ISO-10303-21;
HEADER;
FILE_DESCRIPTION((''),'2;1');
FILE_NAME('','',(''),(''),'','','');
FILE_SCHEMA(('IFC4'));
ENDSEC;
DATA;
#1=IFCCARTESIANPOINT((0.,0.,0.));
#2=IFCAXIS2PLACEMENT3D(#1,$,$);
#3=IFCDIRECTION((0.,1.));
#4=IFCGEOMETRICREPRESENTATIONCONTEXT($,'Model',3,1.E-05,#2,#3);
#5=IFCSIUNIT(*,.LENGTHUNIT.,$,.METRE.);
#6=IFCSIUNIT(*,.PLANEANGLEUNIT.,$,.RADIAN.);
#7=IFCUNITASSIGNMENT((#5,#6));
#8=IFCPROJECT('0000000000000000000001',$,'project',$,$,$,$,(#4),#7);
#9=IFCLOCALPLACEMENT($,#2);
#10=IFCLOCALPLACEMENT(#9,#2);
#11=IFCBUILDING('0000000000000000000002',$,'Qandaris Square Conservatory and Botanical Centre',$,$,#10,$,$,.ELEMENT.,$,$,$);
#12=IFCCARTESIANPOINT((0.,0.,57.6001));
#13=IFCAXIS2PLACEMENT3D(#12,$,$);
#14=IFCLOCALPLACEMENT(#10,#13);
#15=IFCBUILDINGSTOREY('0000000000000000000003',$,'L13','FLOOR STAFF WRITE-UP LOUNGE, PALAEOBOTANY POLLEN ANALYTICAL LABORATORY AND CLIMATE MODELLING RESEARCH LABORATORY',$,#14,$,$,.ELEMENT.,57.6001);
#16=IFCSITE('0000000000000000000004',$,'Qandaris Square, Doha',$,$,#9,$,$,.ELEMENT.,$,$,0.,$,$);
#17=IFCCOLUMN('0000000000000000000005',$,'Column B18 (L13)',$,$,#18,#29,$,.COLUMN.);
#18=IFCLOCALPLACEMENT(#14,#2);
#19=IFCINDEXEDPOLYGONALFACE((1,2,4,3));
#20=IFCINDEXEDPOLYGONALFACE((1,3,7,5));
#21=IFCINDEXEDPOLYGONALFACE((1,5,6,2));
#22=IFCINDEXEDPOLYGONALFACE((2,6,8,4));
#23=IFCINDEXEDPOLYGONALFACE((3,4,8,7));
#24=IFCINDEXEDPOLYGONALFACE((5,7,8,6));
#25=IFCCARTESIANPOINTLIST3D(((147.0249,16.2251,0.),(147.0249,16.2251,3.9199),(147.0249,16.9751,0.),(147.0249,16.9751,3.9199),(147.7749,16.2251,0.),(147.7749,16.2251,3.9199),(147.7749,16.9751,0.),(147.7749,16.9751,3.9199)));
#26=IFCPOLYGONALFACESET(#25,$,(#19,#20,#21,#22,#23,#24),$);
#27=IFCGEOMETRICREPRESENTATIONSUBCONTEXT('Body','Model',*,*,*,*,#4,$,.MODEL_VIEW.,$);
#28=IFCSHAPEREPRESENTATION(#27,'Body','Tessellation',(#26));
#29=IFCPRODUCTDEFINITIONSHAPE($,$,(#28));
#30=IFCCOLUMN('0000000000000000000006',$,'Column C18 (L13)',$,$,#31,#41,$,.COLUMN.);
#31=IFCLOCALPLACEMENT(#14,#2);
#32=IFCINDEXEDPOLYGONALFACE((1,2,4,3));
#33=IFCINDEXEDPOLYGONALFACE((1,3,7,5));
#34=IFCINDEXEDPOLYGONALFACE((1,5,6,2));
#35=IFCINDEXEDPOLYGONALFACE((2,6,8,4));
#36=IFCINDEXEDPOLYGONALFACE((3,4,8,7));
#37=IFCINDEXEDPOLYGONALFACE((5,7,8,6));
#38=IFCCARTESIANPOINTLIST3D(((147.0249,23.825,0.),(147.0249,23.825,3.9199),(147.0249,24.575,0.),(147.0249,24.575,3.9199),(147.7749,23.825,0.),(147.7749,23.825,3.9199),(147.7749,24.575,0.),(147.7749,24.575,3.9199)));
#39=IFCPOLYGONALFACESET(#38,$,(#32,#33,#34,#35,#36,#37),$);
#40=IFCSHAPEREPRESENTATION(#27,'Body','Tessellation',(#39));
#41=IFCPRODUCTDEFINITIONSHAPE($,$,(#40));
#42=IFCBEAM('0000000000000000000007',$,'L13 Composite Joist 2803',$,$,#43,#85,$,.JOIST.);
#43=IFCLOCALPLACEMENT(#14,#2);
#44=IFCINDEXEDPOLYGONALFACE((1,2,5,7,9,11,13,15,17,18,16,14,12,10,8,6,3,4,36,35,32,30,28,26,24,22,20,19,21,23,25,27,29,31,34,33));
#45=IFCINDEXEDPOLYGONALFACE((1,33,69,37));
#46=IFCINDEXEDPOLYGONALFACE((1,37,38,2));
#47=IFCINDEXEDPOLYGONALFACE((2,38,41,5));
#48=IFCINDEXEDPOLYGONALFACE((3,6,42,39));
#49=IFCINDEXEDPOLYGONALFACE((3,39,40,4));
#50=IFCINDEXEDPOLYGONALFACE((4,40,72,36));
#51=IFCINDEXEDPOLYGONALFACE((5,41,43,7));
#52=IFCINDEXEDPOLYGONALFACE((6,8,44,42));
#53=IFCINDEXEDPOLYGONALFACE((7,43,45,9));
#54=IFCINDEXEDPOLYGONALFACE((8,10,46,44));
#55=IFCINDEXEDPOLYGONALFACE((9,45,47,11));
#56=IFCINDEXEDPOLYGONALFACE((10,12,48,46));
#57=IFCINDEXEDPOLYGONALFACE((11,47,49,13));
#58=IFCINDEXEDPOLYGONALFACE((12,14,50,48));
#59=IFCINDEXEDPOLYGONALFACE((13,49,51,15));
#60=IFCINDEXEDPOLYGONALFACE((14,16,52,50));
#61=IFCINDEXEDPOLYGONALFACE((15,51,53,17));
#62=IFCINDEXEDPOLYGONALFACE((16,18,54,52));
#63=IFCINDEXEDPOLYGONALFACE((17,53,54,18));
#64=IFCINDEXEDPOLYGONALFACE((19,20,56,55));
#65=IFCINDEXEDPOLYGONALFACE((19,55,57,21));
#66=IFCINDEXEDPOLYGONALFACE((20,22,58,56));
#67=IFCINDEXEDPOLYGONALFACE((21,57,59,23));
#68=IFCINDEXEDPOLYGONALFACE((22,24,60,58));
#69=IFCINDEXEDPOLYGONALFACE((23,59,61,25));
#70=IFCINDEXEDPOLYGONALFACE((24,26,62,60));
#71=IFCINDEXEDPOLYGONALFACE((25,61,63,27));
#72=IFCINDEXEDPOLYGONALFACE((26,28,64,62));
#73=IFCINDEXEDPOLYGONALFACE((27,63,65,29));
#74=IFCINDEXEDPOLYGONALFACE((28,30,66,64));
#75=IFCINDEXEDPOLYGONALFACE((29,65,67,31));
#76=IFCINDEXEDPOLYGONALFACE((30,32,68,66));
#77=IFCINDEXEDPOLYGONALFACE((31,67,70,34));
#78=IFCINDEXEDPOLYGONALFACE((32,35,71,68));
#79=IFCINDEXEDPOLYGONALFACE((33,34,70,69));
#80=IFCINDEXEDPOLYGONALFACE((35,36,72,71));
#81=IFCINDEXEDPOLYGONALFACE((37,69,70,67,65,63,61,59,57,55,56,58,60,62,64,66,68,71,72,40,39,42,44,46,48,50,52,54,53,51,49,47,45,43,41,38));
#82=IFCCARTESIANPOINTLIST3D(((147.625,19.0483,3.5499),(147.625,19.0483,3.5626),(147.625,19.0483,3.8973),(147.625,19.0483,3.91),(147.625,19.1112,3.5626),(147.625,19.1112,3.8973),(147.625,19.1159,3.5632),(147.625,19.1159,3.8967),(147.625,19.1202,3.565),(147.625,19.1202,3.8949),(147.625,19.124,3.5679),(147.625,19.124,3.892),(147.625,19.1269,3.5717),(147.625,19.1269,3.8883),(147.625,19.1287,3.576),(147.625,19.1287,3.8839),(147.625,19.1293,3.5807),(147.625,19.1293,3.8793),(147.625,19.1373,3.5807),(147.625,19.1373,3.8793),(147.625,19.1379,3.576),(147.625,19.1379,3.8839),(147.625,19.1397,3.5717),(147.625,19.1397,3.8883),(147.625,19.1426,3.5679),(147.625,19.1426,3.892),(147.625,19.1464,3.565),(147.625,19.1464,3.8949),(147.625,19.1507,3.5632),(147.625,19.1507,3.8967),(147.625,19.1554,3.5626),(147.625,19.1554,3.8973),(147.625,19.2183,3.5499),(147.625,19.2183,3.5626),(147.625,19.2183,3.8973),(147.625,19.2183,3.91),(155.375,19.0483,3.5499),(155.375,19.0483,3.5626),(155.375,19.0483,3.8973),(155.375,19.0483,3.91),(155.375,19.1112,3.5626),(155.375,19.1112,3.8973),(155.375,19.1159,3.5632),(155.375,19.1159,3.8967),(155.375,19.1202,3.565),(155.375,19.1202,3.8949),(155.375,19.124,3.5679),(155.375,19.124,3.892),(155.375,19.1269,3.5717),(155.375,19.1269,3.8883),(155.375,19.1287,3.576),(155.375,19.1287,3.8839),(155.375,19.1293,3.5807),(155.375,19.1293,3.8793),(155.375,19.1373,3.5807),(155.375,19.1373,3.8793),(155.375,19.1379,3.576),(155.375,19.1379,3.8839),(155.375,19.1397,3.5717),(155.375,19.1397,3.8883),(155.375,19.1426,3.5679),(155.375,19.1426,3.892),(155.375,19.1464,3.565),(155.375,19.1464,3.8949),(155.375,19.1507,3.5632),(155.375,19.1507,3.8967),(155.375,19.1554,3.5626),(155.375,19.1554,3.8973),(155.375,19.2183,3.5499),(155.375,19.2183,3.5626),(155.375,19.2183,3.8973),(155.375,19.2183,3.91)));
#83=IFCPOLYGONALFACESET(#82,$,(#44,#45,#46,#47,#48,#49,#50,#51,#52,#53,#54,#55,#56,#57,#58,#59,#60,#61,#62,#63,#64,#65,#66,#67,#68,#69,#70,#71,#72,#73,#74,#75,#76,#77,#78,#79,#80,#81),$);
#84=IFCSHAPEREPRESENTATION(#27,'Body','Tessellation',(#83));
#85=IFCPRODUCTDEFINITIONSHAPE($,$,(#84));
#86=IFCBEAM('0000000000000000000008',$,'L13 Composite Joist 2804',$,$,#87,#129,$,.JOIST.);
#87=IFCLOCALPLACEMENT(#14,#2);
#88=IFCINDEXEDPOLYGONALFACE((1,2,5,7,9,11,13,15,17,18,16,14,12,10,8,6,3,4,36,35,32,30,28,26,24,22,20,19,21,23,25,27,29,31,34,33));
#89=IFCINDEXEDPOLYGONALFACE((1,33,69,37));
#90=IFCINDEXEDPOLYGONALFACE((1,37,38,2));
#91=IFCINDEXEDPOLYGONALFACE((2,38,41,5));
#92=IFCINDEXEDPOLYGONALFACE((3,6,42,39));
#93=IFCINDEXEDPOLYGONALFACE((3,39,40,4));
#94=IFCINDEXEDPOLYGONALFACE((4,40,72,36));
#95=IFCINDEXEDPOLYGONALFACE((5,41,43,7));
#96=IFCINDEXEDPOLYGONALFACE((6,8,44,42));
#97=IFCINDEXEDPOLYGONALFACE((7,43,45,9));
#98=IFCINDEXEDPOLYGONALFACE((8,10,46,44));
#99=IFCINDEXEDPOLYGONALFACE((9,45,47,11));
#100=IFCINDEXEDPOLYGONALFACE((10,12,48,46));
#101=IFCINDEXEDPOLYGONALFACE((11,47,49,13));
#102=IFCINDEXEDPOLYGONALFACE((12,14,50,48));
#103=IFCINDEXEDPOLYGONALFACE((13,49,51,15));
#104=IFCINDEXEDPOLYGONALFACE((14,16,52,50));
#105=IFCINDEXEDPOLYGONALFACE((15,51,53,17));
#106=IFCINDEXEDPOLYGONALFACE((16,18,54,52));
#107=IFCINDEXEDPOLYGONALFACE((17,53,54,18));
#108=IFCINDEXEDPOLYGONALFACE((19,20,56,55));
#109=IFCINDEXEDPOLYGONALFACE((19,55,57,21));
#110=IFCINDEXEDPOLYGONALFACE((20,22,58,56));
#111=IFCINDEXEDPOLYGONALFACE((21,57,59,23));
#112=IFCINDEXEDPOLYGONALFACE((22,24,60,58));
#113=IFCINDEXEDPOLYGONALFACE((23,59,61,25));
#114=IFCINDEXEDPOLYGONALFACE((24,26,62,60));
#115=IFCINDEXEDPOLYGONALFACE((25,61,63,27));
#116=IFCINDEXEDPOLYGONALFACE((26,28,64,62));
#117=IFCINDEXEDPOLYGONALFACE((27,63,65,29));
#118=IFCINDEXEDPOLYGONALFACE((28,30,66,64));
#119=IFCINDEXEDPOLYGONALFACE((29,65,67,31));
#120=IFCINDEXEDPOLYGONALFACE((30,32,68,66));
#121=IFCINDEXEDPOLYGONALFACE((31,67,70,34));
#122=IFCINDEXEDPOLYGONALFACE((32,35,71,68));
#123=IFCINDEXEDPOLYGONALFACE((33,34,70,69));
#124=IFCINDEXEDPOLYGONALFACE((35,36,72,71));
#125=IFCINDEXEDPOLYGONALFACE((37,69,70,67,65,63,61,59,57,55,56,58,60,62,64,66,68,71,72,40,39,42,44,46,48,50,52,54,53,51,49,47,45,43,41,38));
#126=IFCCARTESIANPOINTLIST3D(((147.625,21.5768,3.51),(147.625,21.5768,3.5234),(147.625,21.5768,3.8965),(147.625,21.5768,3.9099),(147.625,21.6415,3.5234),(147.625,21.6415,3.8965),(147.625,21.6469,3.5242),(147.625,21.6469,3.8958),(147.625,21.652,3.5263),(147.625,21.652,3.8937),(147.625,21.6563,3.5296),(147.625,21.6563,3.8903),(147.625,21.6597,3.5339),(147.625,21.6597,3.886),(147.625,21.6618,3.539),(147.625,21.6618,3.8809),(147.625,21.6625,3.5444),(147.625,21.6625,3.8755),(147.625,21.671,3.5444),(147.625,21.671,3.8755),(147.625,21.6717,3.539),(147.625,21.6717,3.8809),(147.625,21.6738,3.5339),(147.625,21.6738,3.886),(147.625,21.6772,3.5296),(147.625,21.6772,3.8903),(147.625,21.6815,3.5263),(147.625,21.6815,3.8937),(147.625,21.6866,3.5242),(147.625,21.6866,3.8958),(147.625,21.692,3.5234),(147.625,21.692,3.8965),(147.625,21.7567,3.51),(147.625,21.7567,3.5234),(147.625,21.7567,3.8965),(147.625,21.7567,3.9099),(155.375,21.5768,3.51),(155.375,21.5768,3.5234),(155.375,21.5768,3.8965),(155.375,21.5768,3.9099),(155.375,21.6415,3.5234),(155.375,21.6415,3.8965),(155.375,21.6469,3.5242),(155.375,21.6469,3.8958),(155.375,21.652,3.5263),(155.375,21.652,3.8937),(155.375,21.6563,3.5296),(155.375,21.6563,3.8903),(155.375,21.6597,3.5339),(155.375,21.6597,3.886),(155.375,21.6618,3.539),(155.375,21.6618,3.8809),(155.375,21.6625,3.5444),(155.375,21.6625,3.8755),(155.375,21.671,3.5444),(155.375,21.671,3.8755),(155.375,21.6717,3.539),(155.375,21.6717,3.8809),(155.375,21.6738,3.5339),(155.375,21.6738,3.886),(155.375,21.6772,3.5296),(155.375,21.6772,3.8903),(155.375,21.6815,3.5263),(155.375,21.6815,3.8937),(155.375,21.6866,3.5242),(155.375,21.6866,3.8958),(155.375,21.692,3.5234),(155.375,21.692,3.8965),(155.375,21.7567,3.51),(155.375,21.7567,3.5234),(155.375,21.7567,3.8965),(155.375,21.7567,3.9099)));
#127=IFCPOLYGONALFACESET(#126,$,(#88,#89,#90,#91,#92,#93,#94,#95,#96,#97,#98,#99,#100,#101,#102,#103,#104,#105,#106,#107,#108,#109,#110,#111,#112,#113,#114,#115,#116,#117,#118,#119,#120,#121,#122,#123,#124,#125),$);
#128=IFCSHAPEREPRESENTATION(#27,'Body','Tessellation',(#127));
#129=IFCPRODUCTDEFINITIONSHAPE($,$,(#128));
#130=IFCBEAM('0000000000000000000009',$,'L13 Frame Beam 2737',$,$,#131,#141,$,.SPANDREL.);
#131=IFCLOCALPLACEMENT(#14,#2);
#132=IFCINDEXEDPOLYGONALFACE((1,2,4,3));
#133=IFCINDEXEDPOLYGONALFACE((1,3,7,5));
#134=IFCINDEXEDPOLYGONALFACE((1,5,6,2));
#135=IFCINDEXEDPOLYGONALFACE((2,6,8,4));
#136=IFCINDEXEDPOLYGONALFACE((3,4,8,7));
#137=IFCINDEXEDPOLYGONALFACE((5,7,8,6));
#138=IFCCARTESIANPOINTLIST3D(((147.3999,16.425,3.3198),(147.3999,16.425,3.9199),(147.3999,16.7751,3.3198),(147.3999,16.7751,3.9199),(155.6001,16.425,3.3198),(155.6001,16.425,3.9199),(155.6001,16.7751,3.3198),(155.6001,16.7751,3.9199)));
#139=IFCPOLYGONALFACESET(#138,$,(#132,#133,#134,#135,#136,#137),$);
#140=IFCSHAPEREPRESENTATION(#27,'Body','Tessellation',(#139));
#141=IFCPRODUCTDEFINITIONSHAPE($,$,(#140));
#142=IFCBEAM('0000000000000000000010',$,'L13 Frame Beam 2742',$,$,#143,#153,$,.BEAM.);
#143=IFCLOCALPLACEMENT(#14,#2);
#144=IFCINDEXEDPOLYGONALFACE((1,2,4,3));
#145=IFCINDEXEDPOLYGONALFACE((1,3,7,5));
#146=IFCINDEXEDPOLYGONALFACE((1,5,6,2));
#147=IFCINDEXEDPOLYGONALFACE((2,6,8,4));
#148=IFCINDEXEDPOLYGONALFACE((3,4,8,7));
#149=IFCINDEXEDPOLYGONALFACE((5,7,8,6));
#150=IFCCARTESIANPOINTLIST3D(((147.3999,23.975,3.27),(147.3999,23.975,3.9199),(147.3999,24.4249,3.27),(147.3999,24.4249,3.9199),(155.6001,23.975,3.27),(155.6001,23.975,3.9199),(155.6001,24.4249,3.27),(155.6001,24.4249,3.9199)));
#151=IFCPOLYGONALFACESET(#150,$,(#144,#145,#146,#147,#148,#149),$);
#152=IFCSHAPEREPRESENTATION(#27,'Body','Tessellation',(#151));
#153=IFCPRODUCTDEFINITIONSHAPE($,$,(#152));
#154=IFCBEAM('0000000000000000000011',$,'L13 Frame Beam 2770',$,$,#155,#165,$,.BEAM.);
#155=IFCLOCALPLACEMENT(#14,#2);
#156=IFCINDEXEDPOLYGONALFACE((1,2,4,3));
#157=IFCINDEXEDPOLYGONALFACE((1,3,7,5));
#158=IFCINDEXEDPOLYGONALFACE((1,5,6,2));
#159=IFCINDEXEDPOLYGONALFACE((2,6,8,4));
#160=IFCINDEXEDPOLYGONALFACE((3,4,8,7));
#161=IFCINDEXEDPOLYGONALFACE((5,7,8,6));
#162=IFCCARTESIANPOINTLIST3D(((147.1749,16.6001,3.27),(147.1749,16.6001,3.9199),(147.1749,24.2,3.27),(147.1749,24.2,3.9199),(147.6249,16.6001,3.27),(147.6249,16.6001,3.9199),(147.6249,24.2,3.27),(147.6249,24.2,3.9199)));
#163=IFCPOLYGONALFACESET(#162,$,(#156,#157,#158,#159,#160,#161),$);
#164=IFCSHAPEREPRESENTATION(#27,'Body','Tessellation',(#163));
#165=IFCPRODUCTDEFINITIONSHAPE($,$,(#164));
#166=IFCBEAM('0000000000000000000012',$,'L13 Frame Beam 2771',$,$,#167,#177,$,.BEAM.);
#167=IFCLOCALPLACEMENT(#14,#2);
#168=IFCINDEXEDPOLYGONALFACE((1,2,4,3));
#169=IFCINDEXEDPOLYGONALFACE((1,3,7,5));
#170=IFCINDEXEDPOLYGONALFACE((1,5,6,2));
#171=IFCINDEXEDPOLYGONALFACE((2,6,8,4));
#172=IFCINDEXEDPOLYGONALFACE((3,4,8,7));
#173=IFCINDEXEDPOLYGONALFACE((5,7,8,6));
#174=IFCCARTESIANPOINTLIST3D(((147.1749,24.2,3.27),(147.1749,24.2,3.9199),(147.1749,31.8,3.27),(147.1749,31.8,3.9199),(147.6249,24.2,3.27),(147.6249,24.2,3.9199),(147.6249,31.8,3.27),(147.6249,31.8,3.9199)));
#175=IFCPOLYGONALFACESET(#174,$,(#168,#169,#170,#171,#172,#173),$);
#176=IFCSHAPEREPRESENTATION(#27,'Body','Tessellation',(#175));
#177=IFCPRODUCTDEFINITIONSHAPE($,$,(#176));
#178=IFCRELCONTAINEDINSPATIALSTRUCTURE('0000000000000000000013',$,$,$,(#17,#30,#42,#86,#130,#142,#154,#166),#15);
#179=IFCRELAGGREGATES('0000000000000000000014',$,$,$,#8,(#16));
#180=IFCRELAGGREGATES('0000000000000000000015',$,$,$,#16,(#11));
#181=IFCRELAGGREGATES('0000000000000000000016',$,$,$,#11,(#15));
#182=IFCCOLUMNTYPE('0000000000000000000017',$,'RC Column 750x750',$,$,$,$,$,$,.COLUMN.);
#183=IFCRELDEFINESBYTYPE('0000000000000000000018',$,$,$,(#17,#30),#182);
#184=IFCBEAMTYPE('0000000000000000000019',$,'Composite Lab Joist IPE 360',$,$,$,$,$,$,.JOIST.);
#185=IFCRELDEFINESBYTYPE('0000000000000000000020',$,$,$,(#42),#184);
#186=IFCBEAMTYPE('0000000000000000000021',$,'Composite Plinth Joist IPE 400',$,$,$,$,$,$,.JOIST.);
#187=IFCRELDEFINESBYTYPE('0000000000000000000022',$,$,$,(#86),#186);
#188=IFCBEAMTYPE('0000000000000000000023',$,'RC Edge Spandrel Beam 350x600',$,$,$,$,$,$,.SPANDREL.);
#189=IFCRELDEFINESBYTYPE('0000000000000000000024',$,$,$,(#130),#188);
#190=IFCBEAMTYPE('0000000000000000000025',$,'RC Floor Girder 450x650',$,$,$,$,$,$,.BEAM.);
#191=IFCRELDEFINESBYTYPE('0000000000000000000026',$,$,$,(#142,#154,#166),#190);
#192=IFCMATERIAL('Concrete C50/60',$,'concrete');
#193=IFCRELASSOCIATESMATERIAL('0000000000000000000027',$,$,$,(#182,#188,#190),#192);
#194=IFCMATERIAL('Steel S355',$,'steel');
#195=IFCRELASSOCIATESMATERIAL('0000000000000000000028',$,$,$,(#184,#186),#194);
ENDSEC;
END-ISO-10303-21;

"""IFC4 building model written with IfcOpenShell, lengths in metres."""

from ifc_helpers import new_model, si_unit, direction, frame, origin, origin_2d, place, context, subcontext, project, spatial, rectangle, i_section, extrude, material, material_profile, profile_set, type_object, element, save


model = new_model("IFC4")

# Units and contexts
model_context = context("Model", 3, precision=1e-05, world=origin(), true_north=direction((0.0, 1.0)))
body_context = subcontext(model_context, "Body", "Model", "MODEL_VIEW")
ifc_project = project(units=[si_unit("LENGTHUNIT", "METRE"), si_unit("PLANEANGLEUNIT", "RADIAN")], contexts=[model_context])

# Site, building, storey
site_placement = place(None, origin())
site = spatial("IfcSite", under=ifc_project, at=site_placement, Name="Qandaris Square, Doha", CompositionType="ELEMENT", RefElevation=0.0)
building_placement = place(site_placement, origin())
building = spatial("IfcBuilding", under=site, at=building_placement, Name="Qandaris Square Conservatory and Botanical Centre", CompositionType="ELEMENT")
storey_placement = place(building_placement, frame((0.0, 0.0, 57.6001)))
storey = spatial("IfcBuildingStorey", under=building, at=storey_placement, Name="L13", Description="FLOOR STAFF WRITE-UP LOUNGE, PALAEOBOTANY POLLEN ANALYTICAL LABORATORY AND CLIMATE MODELLING RESEARCH LABORATORY", CompositionType="ELEMENT", Elevation=57.6001)

# Columns
ifc_material_1 = material(Name="Concrete C50/60", Category="concrete")
ifc_material_profile_1 = material_profile(ifc_material_1, rectangle(XDim=0.75, YDim=0.75, at=origin_2d()), Name="RC-COL 750x750")
ifc_profile_set_1 = profile_set([ifc_material_profile_1], Name="Concrete C50/60")
column_type = type_object("IfcColumnType", Name="RC Column 750x750", PredefinedType="COLUMN", material=ifc_profile_set_1)
for number, where, z_axis, x_axis, name in (
    (1, (147.3999, 16.6001, 0.0), (0.0, 0.0, 1.0), (1.0, 0.0, 0.0), "Column B18 (L13)"),
    (2, (147.3999, 24.2, 0.0), (0.0, 0.0, 1.0), (1.0, 0.0, 0.0), "Column C18 (L13)"),
):
    element("IfcColumn", number, at=place(storey_placement, frame(where, z_axis=z_axis, x_axis=x_axis)), inside=storey, type_object=column_type, Name=name, PredefinedType="COLUMN", context=body_context, shape_type="SweptSolid", body=[
        extrude(rectangle(XDim=0.75, YDim=0.75, at=origin_2d()), origin(), (0.0, 0.0, 1.0), 3.9199),
    ])

# Beams
ifc_material_2 = material(Name="Steel S355", Category="steel")
ifc_material_profile_2 = material_profile(ifc_material_2, i_section(OverallWidth=0.1699, OverallDepth=0.3601, WebThickness=0.0081, FlangeThickness=0.0127, FilletRadius=0.0181, at=origin_2d()), Name="IPE 360")
ifc_profile_set_2 = profile_set([ifc_material_profile_2], Name="Steel S355")
beam_type_1 = type_object("IfcBeamType", Name="Composite Lab Joist IPE 360", PredefinedType="JOIST", material=ifc_profile_set_2)
beam_1_placement = place(storey_placement, frame((147.625, 19.1333, 3.73), z_axis=(1.0, 0.0, 0.0), x_axis=(0.0, 1.0, 0.0)))
element("IfcBeam", 3, at=beam_1_placement, inside=storey, type_object=beam_type_1, Name="L13 Composite Joist 2803", PredefinedType="JOIST", context=body_context, shape_type="SweptSolid", body=[
    extrude(i_section(OverallWidth=0.1699, OverallDepth=0.3601, WebThickness=0.0081, FlangeThickness=0.0127, FilletRadius=0.0181, at=origin_2d()), origin(), (0.0, 0.0, 1.0), 7.75),
])
ifc_material_profile_3 = material_profile(ifc_material_2, i_section(OverallWidth=0.1799, OverallDepth=0.3999, WebThickness=0.0085, FlangeThickness=0.0134, FilletRadius=0.021, at=origin_2d()), Name="IPE 400")
ifc_profile_set_3 = profile_set([ifc_material_profile_3], Name="Steel S355")
beam_type_2 = type_object("IfcBeamType", Name="Composite Plinth Joist IPE 400", PredefinedType="JOIST", material=ifc_profile_set_3)
beam_2_placement = place(storey_placement, frame((147.625, 21.6667, 3.71), z_axis=(1.0, 0.0, 0.0), x_axis=(0.0, 1.0, 0.0)))
element("IfcBeam", 4, at=beam_2_placement, inside=storey, type_object=beam_type_2, Name="L13 Composite Joist 2804", PredefinedType="JOIST", context=body_context, shape_type="SweptSolid", body=[
    extrude(i_section(OverallWidth=0.1799, OverallDepth=0.3999, WebThickness=0.0085, FlangeThickness=0.0134, FilletRadius=0.021, at=origin_2d()), origin(), (0.0, 0.0, 1.0), 7.75),
])
ifc_material_profile_4 = material_profile(ifc_material_1, rectangle(XDim=0.3501, YDim=0.6001, at=origin_2d()), Name="RC-SP 350x600")
ifc_profile_set_4 = profile_set([ifc_material_profile_4], Name="Concrete C50/60")
beam_type_3 = type_object("IfcBeamType", Name="RC Edge Spandrel Beam 350x600", PredefinedType="SPANDREL", material=ifc_profile_set_4)
beam_3_placement = place(storey_placement, frame((147.3999, 16.6001, 3.6199), z_axis=(1.0, 0.0, 0.0), x_axis=(0.0, 1.0, 0.0)))
element("IfcBeam", 5, at=beam_3_placement, inside=storey, type_object=beam_type_3, Name="L13 Frame Beam 2737", PredefinedType="SPANDREL", context=body_context, shape_type="SweptSolid", body=[
    extrude(rectangle(XDim=0.3501, YDim=0.6001, at=origin_2d()), origin(), (0.0, 0.0, 1.0), 8.2002),
])
ifc_material_profile_5 = material_profile(ifc_material_1, rectangle(XDim=0.45, YDim=0.6499, at=origin_2d()), Name="RC-BM 450x650")
ifc_profile_set_5 = profile_set([ifc_material_profile_5], Name="Concrete C50/60")
beam_type_4 = type_object("IfcBeamType", Name="RC Floor Girder 450x650", PredefinedType="BEAM", material=ifc_profile_set_5)
beam_4_placement = place(storey_placement, frame((147.3999, 24.2, 3.595), z_axis=(1.0, 0.0, 0.0), x_axis=(0.0, 1.0, 0.0)))
element("IfcBeam", 6, at=beam_4_placement, inside=storey, type_object=beam_type_4, Name="L13 Frame Beam 2742", PredefinedType="BEAM", context=body_context, shape_type="SweptSolid", body=[
    extrude(rectangle(XDim=0.45, YDim=0.6499, at=origin_2d()), origin(), (0.0, 0.0, 1.0), 8.2002),
])
beam_5_placement = place(storey_placement, frame((147.3999, 16.6001, 3.595), z_axis=(0.0, 1.0, 0.0), x_axis=(-1.0, 0.0, 0.0)))
element("IfcBeam", 7, at=beam_5_placement, inside=storey, type_object=beam_type_4, Name="L13 Frame Beam 2770", PredefinedType="BEAM", context=body_context, shape_type="SweptSolid", body=[
    extrude(rectangle(XDim=0.45, YDim=0.6499, at=origin_2d()), origin(), (0.0, 0.0, 1.0), 7.5999),
])
beam_6_placement = place(storey_placement, frame((147.3999, 24.2, 3.595), z_axis=(0.0, 1.0, 0.0), x_axis=(-1.0, 0.0, 0.0)))
element("IfcBeam", 8, at=beam_6_placement, inside=storey, type_object=beam_type_4, Name="L13 Frame Beam 2771", PredefinedType="BEAM", context=body_context, shape_type="SweptSolid", body=[
    extrude(rectangle(XDim=0.45, YDim=0.6499, at=origin_2d()), origin(), (0.0, 0.0, 1.0), 7.6001),
])

save(model, "model.ifc")
